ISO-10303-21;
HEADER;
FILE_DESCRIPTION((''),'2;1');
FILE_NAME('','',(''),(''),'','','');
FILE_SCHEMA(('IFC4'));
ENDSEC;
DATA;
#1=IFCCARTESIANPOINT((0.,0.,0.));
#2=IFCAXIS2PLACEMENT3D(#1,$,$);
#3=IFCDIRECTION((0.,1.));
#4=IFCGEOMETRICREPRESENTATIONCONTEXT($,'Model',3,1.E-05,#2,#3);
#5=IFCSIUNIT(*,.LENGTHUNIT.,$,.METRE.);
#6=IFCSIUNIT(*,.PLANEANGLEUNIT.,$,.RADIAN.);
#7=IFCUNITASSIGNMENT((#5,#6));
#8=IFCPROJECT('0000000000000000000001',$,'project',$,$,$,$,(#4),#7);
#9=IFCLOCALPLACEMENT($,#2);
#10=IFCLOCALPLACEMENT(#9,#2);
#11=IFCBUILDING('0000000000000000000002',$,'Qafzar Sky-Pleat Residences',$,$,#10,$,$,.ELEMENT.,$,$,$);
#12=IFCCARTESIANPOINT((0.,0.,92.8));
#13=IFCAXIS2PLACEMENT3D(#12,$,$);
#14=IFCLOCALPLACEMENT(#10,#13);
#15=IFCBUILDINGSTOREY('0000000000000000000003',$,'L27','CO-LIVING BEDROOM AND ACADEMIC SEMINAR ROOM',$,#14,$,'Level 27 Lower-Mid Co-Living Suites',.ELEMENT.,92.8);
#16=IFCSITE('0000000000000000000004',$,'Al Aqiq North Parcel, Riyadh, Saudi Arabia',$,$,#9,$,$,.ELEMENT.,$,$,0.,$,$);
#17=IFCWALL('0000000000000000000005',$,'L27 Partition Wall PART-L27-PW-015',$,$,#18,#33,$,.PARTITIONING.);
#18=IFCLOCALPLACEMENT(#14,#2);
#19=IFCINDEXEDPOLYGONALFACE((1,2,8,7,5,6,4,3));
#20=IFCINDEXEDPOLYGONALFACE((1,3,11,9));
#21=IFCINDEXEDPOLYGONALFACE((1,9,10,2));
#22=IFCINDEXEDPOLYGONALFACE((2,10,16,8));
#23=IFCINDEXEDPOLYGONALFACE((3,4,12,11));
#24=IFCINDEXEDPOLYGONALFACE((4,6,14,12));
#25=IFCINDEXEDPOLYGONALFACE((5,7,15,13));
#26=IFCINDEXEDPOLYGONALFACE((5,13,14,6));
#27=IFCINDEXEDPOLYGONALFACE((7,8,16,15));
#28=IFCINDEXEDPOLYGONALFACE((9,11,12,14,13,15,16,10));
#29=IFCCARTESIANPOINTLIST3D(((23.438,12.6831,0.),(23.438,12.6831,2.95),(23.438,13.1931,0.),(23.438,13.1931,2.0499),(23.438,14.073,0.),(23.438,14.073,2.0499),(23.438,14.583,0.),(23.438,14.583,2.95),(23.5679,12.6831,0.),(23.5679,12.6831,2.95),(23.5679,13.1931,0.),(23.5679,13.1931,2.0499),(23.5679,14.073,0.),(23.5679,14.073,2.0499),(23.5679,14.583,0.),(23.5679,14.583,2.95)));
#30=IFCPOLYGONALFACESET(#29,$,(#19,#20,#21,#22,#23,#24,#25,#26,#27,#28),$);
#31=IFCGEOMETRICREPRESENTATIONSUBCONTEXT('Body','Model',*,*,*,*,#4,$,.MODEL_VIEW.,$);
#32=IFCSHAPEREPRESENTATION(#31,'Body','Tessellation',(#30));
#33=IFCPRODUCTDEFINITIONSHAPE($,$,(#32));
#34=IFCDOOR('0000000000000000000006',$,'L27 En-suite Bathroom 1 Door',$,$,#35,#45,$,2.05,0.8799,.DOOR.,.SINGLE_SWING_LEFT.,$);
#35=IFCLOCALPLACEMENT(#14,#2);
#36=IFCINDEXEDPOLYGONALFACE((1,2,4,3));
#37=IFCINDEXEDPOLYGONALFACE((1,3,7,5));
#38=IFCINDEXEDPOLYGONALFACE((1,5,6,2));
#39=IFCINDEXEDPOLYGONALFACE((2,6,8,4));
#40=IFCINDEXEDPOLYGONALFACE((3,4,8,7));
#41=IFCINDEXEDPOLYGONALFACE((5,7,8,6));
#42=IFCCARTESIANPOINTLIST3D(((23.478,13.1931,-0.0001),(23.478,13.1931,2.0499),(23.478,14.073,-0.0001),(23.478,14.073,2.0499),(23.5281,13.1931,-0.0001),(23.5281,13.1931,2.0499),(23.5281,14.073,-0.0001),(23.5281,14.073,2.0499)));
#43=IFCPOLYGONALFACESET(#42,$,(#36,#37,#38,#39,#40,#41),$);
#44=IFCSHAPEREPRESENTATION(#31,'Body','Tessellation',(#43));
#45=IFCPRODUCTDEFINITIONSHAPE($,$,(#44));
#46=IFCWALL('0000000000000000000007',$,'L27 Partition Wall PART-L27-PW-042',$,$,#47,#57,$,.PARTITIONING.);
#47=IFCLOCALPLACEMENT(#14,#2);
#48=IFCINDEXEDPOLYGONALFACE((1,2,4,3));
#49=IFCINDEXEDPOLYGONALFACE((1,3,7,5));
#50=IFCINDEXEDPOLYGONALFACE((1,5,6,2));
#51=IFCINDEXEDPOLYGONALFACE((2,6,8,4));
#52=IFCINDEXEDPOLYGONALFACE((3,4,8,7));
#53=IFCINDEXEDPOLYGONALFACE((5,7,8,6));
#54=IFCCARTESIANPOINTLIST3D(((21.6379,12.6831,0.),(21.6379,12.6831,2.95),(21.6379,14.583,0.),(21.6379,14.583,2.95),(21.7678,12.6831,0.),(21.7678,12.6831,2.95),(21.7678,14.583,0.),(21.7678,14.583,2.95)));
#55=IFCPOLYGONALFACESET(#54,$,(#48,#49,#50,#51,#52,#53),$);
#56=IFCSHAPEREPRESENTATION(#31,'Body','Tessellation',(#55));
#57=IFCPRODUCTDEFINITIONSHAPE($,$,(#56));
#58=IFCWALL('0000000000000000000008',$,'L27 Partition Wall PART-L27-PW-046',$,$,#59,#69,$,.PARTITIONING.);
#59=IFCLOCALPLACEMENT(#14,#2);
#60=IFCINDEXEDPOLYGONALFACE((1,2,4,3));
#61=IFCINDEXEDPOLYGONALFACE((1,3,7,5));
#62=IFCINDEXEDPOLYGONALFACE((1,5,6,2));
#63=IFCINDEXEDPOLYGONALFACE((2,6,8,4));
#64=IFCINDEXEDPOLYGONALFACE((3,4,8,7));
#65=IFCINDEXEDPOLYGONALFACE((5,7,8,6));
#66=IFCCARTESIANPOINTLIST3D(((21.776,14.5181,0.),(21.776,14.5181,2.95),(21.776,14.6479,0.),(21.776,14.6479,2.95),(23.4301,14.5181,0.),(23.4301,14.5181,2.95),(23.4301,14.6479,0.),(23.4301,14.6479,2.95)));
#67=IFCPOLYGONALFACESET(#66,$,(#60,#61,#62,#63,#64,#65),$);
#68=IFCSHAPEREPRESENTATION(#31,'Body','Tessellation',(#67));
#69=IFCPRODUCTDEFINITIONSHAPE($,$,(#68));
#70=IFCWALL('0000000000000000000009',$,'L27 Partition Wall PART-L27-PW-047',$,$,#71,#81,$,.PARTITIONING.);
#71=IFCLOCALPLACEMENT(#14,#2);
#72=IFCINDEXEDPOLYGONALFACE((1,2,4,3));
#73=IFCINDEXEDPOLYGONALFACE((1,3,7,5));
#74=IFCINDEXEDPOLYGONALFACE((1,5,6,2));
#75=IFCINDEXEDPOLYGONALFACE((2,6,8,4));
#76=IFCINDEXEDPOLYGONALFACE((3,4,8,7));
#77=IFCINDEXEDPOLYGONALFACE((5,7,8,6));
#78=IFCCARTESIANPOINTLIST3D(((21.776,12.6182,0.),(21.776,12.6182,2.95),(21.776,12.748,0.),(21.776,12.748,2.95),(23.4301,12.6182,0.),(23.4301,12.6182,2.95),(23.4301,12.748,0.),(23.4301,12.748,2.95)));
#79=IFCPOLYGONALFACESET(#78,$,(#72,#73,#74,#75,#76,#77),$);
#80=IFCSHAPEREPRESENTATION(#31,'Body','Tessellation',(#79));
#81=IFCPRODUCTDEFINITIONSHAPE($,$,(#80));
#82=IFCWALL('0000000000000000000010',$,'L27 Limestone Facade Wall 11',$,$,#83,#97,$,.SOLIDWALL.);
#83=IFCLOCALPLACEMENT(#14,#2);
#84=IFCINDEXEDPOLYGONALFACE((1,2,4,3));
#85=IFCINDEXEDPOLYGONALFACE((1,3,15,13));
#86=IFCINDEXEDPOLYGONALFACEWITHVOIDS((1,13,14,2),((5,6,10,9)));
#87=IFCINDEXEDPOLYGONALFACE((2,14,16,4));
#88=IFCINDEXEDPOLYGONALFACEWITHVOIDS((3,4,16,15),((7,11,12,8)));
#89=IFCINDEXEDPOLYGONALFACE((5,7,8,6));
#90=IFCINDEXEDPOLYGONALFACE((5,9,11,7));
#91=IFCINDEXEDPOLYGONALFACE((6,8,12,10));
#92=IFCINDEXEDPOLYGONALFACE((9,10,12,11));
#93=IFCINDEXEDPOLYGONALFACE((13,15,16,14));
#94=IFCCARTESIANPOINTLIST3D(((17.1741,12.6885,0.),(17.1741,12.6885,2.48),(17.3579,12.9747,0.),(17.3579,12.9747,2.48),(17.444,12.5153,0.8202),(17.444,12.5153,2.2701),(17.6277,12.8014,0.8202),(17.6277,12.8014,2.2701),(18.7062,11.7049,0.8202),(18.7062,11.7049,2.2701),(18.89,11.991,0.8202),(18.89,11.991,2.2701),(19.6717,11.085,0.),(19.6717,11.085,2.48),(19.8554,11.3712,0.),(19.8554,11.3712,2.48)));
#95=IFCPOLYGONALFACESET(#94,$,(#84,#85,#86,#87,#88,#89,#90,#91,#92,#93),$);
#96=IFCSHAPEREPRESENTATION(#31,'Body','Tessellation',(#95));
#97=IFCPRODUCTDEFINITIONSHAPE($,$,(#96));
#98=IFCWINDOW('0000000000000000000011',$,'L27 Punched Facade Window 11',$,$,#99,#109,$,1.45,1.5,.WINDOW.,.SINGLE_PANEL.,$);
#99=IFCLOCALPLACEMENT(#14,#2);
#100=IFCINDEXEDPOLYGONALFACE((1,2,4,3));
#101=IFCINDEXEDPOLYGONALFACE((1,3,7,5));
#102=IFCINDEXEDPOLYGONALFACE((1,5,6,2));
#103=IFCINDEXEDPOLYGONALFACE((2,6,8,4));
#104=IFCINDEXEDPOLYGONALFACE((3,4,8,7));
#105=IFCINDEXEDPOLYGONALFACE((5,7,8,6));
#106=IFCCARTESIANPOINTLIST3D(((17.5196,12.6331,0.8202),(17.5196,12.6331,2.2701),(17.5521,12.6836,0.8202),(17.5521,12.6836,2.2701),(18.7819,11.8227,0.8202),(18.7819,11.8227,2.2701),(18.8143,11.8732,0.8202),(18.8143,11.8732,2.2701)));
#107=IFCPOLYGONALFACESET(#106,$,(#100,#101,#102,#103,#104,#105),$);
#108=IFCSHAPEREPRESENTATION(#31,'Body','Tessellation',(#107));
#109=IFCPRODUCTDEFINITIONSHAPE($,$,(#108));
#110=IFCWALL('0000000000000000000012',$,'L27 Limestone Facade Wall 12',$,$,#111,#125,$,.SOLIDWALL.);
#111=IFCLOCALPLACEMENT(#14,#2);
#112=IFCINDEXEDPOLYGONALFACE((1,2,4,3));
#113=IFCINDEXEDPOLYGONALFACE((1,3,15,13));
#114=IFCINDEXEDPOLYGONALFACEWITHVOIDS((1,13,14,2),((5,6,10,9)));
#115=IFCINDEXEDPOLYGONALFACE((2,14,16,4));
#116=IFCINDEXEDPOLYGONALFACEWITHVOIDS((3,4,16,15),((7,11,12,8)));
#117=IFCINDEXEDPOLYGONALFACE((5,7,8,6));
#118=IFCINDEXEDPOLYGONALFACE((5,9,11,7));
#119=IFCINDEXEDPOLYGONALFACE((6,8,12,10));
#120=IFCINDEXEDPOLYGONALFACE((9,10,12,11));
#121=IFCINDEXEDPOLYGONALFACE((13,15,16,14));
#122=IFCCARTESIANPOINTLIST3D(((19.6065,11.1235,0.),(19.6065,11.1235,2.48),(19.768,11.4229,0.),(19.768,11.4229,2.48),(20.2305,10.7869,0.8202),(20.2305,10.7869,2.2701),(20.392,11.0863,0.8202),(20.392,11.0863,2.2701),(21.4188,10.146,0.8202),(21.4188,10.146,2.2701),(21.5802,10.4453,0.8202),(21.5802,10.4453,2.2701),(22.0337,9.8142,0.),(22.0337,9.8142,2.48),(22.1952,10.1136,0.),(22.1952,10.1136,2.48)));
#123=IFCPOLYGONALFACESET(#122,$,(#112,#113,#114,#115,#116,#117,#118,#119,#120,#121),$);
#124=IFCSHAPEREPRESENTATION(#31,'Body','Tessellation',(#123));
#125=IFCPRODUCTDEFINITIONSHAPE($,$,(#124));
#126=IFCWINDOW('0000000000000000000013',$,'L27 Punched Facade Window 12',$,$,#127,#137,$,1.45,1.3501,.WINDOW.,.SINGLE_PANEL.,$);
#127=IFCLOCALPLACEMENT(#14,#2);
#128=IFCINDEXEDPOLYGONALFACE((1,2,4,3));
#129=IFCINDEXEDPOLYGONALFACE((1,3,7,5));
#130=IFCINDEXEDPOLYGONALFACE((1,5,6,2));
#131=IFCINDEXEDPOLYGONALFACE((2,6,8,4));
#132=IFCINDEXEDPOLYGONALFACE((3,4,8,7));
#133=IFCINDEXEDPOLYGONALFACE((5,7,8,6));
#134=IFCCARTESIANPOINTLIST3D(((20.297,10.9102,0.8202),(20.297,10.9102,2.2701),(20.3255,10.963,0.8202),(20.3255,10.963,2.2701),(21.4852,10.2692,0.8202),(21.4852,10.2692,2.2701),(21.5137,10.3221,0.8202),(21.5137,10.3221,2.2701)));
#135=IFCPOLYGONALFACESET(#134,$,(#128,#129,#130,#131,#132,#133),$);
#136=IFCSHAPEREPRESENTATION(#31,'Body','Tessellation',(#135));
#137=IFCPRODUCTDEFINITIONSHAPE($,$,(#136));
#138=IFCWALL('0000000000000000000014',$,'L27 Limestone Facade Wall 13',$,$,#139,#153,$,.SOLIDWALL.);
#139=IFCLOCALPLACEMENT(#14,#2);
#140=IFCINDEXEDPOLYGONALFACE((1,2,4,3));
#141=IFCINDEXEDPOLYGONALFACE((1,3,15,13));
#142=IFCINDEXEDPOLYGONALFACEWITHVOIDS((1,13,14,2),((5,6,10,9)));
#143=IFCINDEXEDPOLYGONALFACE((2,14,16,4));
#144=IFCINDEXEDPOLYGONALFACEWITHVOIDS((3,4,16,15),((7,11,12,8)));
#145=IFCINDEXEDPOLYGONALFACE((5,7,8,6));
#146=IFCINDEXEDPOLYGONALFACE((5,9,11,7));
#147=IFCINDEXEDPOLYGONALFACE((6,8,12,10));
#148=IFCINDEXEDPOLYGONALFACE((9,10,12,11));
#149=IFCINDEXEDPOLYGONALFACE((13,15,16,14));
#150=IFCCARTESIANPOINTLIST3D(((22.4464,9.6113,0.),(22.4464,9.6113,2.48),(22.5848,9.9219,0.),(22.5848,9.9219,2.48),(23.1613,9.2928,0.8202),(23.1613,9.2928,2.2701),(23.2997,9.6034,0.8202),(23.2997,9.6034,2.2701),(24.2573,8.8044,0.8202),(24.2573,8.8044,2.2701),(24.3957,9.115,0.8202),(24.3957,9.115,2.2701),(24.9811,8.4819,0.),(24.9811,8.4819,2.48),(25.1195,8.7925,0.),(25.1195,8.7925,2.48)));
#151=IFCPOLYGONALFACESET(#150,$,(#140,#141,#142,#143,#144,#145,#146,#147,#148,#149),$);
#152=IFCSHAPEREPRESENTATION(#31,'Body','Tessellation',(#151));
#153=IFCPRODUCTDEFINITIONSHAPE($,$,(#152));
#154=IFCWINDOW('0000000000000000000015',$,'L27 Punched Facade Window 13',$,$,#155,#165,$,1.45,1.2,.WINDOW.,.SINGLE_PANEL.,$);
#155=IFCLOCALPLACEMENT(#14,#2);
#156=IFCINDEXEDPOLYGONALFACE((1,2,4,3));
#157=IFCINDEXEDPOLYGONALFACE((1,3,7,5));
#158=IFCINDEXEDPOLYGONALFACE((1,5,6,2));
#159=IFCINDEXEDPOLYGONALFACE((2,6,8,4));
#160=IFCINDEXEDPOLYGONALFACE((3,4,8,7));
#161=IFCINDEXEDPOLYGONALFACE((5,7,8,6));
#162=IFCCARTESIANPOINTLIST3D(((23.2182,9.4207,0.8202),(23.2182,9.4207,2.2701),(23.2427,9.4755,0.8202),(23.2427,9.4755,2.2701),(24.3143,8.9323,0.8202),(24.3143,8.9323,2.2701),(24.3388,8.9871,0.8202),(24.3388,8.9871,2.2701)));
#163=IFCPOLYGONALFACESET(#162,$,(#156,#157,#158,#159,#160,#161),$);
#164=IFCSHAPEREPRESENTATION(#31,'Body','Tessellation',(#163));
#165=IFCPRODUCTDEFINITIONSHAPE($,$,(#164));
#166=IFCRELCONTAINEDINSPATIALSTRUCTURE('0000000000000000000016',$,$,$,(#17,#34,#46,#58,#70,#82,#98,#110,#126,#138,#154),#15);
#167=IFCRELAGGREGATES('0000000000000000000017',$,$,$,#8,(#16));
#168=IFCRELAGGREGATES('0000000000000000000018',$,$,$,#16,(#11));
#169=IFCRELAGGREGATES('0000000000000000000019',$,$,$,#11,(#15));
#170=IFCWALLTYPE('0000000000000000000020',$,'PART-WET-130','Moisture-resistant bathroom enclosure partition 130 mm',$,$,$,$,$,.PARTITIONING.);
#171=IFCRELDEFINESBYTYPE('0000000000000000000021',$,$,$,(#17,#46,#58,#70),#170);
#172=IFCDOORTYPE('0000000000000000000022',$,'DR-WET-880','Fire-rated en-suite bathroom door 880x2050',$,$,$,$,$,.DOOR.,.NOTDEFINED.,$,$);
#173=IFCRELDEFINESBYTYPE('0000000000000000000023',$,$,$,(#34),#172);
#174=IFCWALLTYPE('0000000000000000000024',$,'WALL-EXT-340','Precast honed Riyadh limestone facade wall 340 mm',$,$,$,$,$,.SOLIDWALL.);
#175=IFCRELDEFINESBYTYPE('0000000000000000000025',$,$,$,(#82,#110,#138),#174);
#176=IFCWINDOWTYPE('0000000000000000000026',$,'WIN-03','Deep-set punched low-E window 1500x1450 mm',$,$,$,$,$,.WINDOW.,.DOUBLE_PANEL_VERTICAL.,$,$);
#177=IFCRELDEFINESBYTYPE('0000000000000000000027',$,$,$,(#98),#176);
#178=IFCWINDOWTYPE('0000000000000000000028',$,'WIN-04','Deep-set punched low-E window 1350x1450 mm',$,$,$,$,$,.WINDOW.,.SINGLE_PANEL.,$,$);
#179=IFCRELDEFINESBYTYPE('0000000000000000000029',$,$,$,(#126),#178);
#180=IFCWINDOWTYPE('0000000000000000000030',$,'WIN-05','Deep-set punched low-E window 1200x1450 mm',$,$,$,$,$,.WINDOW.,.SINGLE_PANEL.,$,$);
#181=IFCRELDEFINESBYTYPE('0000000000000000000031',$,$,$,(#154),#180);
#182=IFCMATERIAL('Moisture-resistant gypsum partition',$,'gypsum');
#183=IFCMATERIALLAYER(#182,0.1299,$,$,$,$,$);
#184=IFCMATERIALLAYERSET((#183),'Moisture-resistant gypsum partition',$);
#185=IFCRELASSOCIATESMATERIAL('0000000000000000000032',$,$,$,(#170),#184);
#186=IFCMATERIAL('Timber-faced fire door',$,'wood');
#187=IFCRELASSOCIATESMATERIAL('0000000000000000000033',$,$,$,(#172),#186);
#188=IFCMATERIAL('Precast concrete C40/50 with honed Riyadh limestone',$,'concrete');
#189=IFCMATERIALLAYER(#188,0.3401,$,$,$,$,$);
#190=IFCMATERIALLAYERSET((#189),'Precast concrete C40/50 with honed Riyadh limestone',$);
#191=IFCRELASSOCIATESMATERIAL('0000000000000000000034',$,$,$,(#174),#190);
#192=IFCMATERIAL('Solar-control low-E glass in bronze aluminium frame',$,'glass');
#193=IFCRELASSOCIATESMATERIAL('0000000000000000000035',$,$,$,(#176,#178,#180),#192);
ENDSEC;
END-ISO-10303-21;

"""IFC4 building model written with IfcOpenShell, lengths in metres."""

from ifc_helpers import new_model, si_unit, direction, frame, frame_2d, origin, place, context, subcontext, project, spatial, rectangle, extrude, source, transform, mapped, material, layer, layer_set, type_object, element, fill, save


model = new_model("IFC4")

# Units and contexts
model_context = context("Model", 3, precision=1e-05, world=origin(), true_north=direction((0.0, 1.0)))
body_context = subcontext(model_context, "Body", "Model", "MODEL_VIEW")
ifc_project = project(units=[si_unit("LENGTHUNIT", "METRE"), si_unit("PLANEANGLEUNIT", "RADIAN")], contexts=[model_context])

# Site, building, storey
site_placement = place(None, origin())
site = spatial("IfcSite", under=ifc_project, at=site_placement, Name="Al Aqiq North Parcel, Riyadh, Saudi Arabia", CompositionType="ELEMENT", RefElevation=0.0)
building_placement = place(site_placement, origin())
building = spatial("IfcBuilding", under=site, at=building_placement, Name="Qafzar Sky-Pleat Residences", CompositionType="ELEMENT")
storey_placement = place(building_placement, frame((0.0, 0.0, 92.8)))
storey = spatial("IfcBuildingStorey", under=building, at=storey_placement, Name="L27", Description="CO-LIVING BEDROOM AND ACADEMIC SEMINAR ROOM", LongName="Level 27 Lower-Mid Co-Living Suites", CompositionType="ELEMENT", Elevation=92.8)

# Wall, opening, door
ifc_material_1 = material(Name="Moisture-resistant gypsum partition", Category="gypsum")
ifc_layer_1 = layer(ifc_material_1, 0.1299)
ifc_layer_set_1 = layer_set([ifc_layer_1], Name="Moisture-resistant gypsum partition")
wall_type_1 = type_object("IfcWallType", Name="PART-WET-130", Description="Moisture-resistant bathroom enclosure partition 130 mm", PredefinedType="PARTITIONING", material=ifc_layer_set_1)
wall_1_placement = place(storey_placement, frame((23.5029, 12.6831, 0.0), z_axis=(0.0, 0.0, 1.0), x_axis=(0.0, 1.0, 0.0)))
wall_1 = element("IfcWall", 1, at=wall_1_placement, inside=storey, type_object=wall_type_1, Name="L27 Partition Wall PART-L27-PW-015", PredefinedType="PARTITIONING", context=body_context, shape_type="SweptSolid", body=[
    extrude(rectangle(XDim=1.8999, YDim=0.1299, at=frame_2d((0.95, 0.0))), origin(), (0.0, 0.0, 1.0), 2.95),
])
opening_1_placement = place(wall_1_placement, frame((0.51, 0.0, 0.0)))
opening_1 = element("IfcOpeningElement", 2, at=opening_1_placement, cuts=wall_1, PredefinedType="OPENING", context=body_context, shape_type="SweptSolid", body=[
    extrude(rectangle(XDim=0.8799, YDim=2.05, at=frame_2d((0.4399, 1.0249))), frame((0.0, 0.075, 0.0), z_axis=(0.0, -1.0, 0.0), x_axis=(1.0, 0.0, 0.0)), (0.0, 0.0, 1.0), 0.1499),
])
ifc_material_2 = material(Name="Timber-faced fire door", Category="wood")
door_type = type_object("IfcDoorType", Name="DR-WET-880", Description="Fire-rated en-suite bathroom door 880x2050", OperationType="NOTDEFINED", PredefinedType="DOOR", material=ifc_material_2)
shared_shape_1 = source(origin(), body_context, "Body", "SweptSolid", [
    extrude(rectangle(XDim=0.8799, YDim=2.05, at=frame_2d((0.4399, 1.0249))), frame((0.0, 0.0249, 0.0), z_axis=(0.0, -1.0, 0.0), x_axis=(1.0, 0.0, 0.0)), (0.0, 0.0, 1.0), 0.05),
])
door_placement = place(opening_1_placement, origin())
door = element("IfcDoor", 3, at=door_placement, inside=storey, type_object=door_type, Name="L27 En-suite Bathroom 1 Door", OperationType="SINGLE_SWING_LEFT", OverallHeight=2.05, OverallWidth=0.8799, PredefinedType="DOOR", context=body_context, shape_type="MappedRepresentation", body=[
    mapped(shared_shape_1, transform((0.0, 0.0, 0.0), x_axis=(1.0, 0.0, 0.0), y_axis=(0.0, 1.0, 0.0), z_axis=(0.0, 0.0, 1.0), scale=1.0)),
])
fill(opening_1, door)

# Walls
wall_2_placement = place(storey_placement, frame((21.7029, 12.6831, 0.0), z_axis=(0.0, 0.0, 1.0), x_axis=(0.0, 1.0, 0.0)))
element("IfcWall", 4, at=wall_2_placement, inside=storey, type_object=wall_type_1, Name="L27 Partition Wall PART-L27-PW-042", PredefinedType="PARTITIONING", context=body_context, shape_type="SweptSolid", body=[
    extrude(rectangle(XDim=1.8999, YDim=0.1299, at=frame_2d((0.95, 0.0))), origin(), (0.0, 0.0, 1.0), 2.95),
])
for number, where, z_axis, x_axis, name in (
    (5, (21.7759, 14.583, 0.0), (0.0, 0.0, 1.0), (1.0, 0.0, 0.0), "L27 Partition Wall PART-L27-PW-046"),
    (6, (21.7759, 12.6831, 0.0), (0.0, 0.0, 1.0), (1.0, 0.0, 0.0), "L27 Partition Wall PART-L27-PW-047"),
):
    element("IfcWall", number, at=place(storey_placement, frame(where, z_axis=z_axis, x_axis=x_axis)), inside=storey, type_object=wall_type_1, Name=name, PredefinedType="PARTITIONING", context=body_context, shape_type="SweptSolid", body=[
        extrude(rectangle(XDim=1.6541, YDim=0.1299, at=frame_2d((0.8271, 0.0))), origin(), (0.0, 0.0, 1.0), 2.95),
    ])

# Walls, openings, windows
ifc_material_3 = material(Name="Precast concrete C40/50 with honed Riyadh limestone", Category="concrete")
ifc_layer_2 = layer(ifc_material_3, 0.3401)
ifc_layer_set_2 = layer_set([ifc_layer_2], Name="Precast concrete C40/50 with honed Riyadh limestone")
wall_type_2 = type_object("IfcWallType", Name="WALL-EXT-340", Description="Precast honed Riyadh limestone facade wall 340 mm", PredefinedType="SOLIDWALL", material=ifc_layer_set_2)
wall_3_placement = place(storey_placement, frame((17.2661, 12.8315, 0.0), z_axis=(0.0, 0.0, 1.0), x_axis=(0.841494, -0.540267, 0.0)))
wall_3 = element("IfcWall", 7, at=wall_3_placement, inside=storey, type_object=wall_type_2, Name="L27 Limestone Facade Wall 11", PredefinedType="SOLIDWALL", context=body_context, shape_type="SweptSolid", body=[
    extrude(rectangle(XDim=2.968, YDim=0.3401, at=frame_2d((1.4839, 0.0))), origin(), (0.0, 0.0, 1.0), 2.48),
])
opening_2_placement = place(wall_3_placement, frame((0.3206, 0.0, 0.8201)))
opening_2 = element("IfcOpeningElement", 8, at=opening_2_placement, cuts=wall_3, PredefinedType="OPENING", context=body_context, shape_type="SweptSolid", body=[
    extrude(rectangle(XDim=1.5, YDim=1.45, at=frame_2d((0.75, 0.7251))), frame((0.0, 0.1802, 0.0), z_axis=(0.0, -1.0, 0.0), x_axis=(1.0, 0.0, 0.0)), (0.0, 0.0, 1.0), 0.3601),
])
ifc_material_4 = material(Name="Solar-control low-E glass in bronze aluminium frame", Category="glass")
window_type_1 = type_object("IfcWindowType", Name="WIN-03", Description="Deep-set punched low-E window 1500x1450 mm", PartitioningType="DOUBLE_PANEL_VERTICAL", PredefinedType="WINDOW", material=ifc_material_4)
shared_shape_2 = source(origin(), body_context, "Body", "SweptSolid", [
    extrude(rectangle(XDim=1.5, YDim=1.45, at=frame_2d((0.75, 0.7251))), frame((0.0, 0.03, 0.0), z_axis=(0.0, -1.0, 0.0), x_axis=(1.0, 0.0, 0.0)), (0.0, 0.0, 1.0), 0.0601),
])
window_1_placement = place(opening_2_placement, origin())
window_1 = element("IfcWindow", 9, at=window_1_placement, inside=storey, type_object=window_type_1, Name="L27 Punched Facade Window 11", OverallHeight=1.45, OverallWidth=1.5, PartitioningType="SINGLE_PANEL", PredefinedType="WINDOW", context=body_context, shape_type="MappedRepresentation", body=[
    mapped(shared_shape_2, transform((0.0, 0.0, 0.0), x_axis=(1.0, 0.0, 0.0), y_axis=(0.0, 1.0, 0.0), z_axis=(0.0, 0.0, 1.0), scale=1.0)),
])
fill(opening_2, window_1)
wall_4_placement = place(storey_placement, frame((19.6873, 11.2732, 0.0), z_axis=(0.0, 0.0, 1.0), x_axis=(0.880116, -0.47476, 0.0)))
wall_4 = element("IfcWall", 10, at=wall_4_placement, inside=storey, type_object=wall_type_2, Name="L27 Limestone Facade Wall 12", PredefinedType="SOLIDWALL", context=body_context, shape_type="SweptSolid", body=[
    extrude(rectangle(XDim=2.7578, YDim=0.3401, at=frame_2d((1.3789, 0.0))), origin(), (0.0, 0.0, 1.0), 2.48),
])
opening_3_placement = place(wall_4_placement, frame((0.709, 0.0, 0.8201)))
opening_3 = element("IfcOpeningElement", 11, at=opening_3_placement, cuts=wall_4, PredefinedType="OPENING", context=body_context, shape_type="SweptSolid", body=[
    extrude(rectangle(XDim=1.3501, YDim=1.45, at=frame_2d((0.675, 0.7251))), frame((0.0, 0.1802, 0.0), z_axis=(0.0, -1.0, 0.0), x_axis=(1.0, 0.0, 0.0)), (0.0, 0.0, 1.0), 0.3601),
])
window_type_2 = type_object("IfcWindowType", Name="WIN-04", Description="Deep-set punched low-E window 1350x1450 mm", PartitioningType="SINGLE_PANEL", PredefinedType="WINDOW", material=ifc_material_4)
shared_shape_3 = source(origin(), body_context, "Body", "SweptSolid", [
    extrude(rectangle(XDim=1.3501, YDim=1.45, at=frame_2d((0.675, 0.7251))), frame((0.0, 0.03, 0.0), z_axis=(0.0, -1.0, 0.0), x_axis=(1.0, 0.0, 0.0)), (0.0, 0.0, 1.0), 0.0601),
])
window_2_placement = place(opening_3_placement, origin())
window_2 = element("IfcWindow", 12, at=window_2_placement, inside=storey, type_object=window_type_2, Name="L27 Punched Facade Window 12", OverallHeight=1.45, OverallWidth=1.3501, PartitioningType="SINGLE_PANEL", PredefinedType="WINDOW", context=body_context, shape_type="MappedRepresentation", body=[
    mapped(shared_shape_3, transform((0.0, 0.0, 0.0), x_axis=(1.0, 0.0, 0.0), y_axis=(0.0, 1.0, 0.0), z_axis=(0.0, 0.0, 1.0), scale=1.0)),
])
fill(opening_3, window_2)
wall_5_placement = place(storey_placement, frame((22.5156, 9.7666, 0.0), z_axis=(0.0, 0.0, 1.0), x_axis=(0.913427, -0.407004, 0.0)))
wall_5 = element("IfcWall", 13, at=wall_5_placement, inside=storey, type_object=wall_type_2, Name="L27 Limestone Facade Wall 13", PredefinedType="SOLIDWALL", context=body_context, shape_type="SweptSolid", body=[
    extrude(rectangle(XDim=2.7749, YDim=0.3401, at=frame_2d((1.3875, 0.0))), origin(), (0.0, 0.0, 1.0), 2.48),
])
opening_4_placement = place(wall_5_placement, frame((0.7825, 0.0, 0.8201)))
opening_4 = element("IfcOpeningElement", 14, at=opening_4_placement, cuts=wall_5, PredefinedType="OPENING", context=body_context, shape_type="SweptSolid", body=[
    extrude(rectangle(XDim=1.2, YDim=1.45, at=frame_2d((0.6001, 0.7251))), frame((0.0, 0.1802, 0.0), z_axis=(0.0, -1.0, 0.0), x_axis=(1.0, 0.0, 0.0)), (0.0, 0.0, 1.0), 0.3601),
])
window_type_3 = type_object("IfcWindowType", Name="WIN-05", Description="Deep-set punched low-E window 1200x1450 mm", PartitioningType="SINGLE_PANEL", PredefinedType="WINDOW", material=ifc_material_4)
shared_shape_4 = source(origin(), body_context, "Body", "SweptSolid", [
    extrude(rectangle(XDim=1.2, YDim=1.45, at=frame_2d((0.6001, 0.7251))), frame((0.0, 0.03, 0.0), z_axis=(0.0, -1.0, 0.0), x_axis=(1.0, 0.0, 0.0)), (0.0, 0.0, 1.0), 0.0601),
])
window_3_placement = place(opening_4_placement, origin())
window_3 = element("IfcWindow", 15, at=window_3_placement, inside=storey, type_object=window_type_3, Name="L27 Punched Facade Window 13", OverallHeight=1.45, OverallWidth=1.2, PartitioningType="SINGLE_PANEL", PredefinedType="WINDOW", context=body_context, shape_type="MappedRepresentation", body=[
    mapped(shared_shape_4, transform((0.0, 0.0, 0.0), x_axis=(1.0, 0.0, 0.0), y_axis=(0.0, 1.0, 0.0), z_axis=(0.0, 0.0, 1.0), scale=1.0)),
])
fill(opening_4, window_3)

save(model, "model.ifc")
